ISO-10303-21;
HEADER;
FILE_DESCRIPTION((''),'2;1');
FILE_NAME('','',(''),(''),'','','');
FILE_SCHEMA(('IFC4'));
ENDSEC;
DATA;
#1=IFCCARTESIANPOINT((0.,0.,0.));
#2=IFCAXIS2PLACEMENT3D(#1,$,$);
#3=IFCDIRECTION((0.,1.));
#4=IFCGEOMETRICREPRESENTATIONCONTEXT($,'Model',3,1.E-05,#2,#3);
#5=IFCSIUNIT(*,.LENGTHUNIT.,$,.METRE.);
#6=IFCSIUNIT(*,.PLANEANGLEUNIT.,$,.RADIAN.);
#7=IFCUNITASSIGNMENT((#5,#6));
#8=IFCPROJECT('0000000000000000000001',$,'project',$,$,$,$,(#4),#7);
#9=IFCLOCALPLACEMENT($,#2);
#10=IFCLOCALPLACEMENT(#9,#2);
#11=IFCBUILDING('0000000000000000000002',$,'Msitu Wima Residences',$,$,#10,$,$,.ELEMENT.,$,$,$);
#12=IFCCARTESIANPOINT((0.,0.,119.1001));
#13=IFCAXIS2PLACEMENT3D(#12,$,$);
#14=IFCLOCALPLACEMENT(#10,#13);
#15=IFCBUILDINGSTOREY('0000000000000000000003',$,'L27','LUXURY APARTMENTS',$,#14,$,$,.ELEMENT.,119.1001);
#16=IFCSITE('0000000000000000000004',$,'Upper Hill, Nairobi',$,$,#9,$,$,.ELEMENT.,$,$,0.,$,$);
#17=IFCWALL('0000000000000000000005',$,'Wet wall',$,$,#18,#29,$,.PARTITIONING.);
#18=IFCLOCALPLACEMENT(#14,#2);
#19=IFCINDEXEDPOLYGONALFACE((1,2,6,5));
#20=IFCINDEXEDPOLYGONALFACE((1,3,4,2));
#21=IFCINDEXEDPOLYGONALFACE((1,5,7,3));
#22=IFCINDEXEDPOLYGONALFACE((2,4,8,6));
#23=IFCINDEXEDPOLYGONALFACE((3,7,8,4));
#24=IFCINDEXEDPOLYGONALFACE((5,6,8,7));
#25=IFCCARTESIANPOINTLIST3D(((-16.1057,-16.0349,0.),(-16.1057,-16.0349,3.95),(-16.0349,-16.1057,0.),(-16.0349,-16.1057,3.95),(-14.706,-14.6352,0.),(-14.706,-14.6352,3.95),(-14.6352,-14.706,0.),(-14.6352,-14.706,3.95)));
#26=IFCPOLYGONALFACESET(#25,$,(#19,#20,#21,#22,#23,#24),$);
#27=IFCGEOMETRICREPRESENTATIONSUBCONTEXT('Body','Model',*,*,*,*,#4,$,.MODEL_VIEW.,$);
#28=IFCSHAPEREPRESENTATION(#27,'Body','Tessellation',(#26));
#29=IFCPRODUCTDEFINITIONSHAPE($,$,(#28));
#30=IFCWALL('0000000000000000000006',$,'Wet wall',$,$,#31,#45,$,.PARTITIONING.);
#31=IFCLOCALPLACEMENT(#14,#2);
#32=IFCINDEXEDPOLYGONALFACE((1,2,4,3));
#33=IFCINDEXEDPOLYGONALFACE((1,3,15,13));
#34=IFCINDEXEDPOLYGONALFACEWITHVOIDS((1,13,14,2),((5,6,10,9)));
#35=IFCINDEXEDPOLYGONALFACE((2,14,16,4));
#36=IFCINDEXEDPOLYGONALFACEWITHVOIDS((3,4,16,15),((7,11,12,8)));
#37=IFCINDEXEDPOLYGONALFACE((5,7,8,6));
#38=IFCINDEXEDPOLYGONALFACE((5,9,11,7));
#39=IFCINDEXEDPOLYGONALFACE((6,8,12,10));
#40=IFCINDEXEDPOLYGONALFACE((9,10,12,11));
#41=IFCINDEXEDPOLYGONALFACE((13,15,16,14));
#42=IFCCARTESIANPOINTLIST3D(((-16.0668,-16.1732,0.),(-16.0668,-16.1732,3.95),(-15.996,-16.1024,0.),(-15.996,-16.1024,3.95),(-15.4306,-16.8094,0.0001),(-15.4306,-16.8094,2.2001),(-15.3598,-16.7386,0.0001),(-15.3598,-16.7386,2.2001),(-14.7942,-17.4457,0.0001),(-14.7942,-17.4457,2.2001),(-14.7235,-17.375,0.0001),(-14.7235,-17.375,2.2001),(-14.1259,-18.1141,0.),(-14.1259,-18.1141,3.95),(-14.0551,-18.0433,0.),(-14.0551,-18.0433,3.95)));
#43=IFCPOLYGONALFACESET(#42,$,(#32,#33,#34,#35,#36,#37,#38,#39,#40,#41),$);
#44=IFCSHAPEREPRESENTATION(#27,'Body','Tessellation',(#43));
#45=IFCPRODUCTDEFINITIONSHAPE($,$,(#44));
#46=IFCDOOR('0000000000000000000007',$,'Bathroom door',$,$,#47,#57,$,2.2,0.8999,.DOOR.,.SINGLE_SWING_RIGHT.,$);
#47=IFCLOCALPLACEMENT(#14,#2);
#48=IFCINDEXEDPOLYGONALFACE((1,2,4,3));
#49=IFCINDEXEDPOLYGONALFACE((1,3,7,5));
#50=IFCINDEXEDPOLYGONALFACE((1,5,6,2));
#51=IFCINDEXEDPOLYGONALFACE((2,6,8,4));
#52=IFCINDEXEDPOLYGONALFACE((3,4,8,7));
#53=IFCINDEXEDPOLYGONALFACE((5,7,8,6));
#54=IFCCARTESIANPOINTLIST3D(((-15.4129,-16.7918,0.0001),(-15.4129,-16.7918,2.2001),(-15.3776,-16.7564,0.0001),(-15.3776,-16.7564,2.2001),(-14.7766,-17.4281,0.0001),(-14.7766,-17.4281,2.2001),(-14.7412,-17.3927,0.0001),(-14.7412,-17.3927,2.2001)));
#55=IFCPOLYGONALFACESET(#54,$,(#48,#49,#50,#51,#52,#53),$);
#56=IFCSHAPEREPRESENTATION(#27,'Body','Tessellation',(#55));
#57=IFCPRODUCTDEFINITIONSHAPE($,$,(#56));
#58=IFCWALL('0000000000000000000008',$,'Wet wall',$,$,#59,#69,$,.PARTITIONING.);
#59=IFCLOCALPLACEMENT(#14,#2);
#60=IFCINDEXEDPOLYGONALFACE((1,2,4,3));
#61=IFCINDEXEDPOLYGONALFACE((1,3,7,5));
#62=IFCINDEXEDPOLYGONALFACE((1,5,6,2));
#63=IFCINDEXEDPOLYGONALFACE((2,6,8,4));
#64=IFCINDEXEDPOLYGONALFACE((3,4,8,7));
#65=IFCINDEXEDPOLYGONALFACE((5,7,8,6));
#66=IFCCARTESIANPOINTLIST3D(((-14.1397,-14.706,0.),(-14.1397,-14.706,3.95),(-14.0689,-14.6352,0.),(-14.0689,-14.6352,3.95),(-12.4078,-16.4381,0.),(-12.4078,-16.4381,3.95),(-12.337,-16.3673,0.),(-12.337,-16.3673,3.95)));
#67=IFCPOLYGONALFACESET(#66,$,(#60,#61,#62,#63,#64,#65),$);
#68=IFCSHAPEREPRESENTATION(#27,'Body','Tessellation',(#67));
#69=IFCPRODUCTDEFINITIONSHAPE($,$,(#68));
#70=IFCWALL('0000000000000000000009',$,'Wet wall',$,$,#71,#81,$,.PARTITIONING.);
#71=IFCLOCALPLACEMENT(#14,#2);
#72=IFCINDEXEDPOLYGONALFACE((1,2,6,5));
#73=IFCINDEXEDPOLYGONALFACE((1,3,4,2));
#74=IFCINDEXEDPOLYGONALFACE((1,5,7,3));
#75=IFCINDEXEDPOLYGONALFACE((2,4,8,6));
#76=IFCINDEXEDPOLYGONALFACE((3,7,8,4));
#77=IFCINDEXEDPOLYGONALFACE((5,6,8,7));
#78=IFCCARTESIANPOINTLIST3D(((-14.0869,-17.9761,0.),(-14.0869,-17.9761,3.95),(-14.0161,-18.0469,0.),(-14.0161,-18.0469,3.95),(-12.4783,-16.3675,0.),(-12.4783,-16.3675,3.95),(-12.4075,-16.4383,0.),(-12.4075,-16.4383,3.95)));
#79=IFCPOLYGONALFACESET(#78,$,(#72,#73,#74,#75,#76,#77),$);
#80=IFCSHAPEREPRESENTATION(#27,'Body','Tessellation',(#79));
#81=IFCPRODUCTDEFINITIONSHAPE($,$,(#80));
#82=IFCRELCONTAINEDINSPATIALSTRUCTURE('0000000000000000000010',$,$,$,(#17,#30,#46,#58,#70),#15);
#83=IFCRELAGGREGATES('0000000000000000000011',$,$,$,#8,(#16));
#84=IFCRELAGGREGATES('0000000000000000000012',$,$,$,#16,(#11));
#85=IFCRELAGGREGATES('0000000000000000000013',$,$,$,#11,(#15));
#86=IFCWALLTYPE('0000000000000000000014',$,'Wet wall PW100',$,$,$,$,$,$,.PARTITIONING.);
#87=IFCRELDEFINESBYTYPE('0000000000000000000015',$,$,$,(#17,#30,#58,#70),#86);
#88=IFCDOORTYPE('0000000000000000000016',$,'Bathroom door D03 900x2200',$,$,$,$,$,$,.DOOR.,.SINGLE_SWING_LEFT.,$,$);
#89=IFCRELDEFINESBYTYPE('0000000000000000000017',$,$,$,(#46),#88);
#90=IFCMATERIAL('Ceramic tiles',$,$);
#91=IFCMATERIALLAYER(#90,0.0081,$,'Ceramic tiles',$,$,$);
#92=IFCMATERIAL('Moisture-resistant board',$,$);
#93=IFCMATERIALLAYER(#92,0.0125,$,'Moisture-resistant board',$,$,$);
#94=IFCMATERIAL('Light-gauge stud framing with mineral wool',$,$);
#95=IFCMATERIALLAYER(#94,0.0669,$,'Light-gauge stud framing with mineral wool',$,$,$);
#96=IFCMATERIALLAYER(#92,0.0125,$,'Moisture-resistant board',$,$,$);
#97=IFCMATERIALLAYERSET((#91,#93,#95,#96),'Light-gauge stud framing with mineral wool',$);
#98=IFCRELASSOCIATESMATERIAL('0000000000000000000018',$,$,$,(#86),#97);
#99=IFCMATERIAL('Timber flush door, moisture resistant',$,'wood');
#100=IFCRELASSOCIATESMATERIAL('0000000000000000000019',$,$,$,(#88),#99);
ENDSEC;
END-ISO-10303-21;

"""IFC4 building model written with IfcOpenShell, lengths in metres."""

from ifc_helpers import new_model, si_unit, direction, frame, frame_2d, origin, place, context, subcontext, project, spatial, rectangle, extrude, material, layer, layer_set, type_object, element, fill, save


model = new_model("IFC4")

# Units and contexts
model_context = context("Model", 3, precision=1e-05, world=origin(), true_north=direction((0.0, 1.0)))
body_context = subcontext(model_context, "Body", "Model", "MODEL_VIEW")
ifc_project = project(units=[si_unit("LENGTHUNIT", "METRE"), si_unit("PLANEANGLEUNIT", "RADIAN")], contexts=[model_context])

# Site, building, storey
site_placement = place(None, origin())
site = spatial("IfcSite", under=ifc_project, at=site_placement, Name="Upper Hill, Nairobi", CompositionType="ELEMENT", RefElevation=0.0)
building_placement = place(site_placement, origin())
building = spatial("IfcBuilding", under=site, at=building_placement, Name="Msitu Wima Residences", CompositionType="ELEMENT")
storey_placement = place(building_placement, frame((0.0, 0.0, 119.1001)))
storey = spatial("IfcBuildingStorey", under=building, at=storey_placement, Name="L27", Description="LUXURY APARTMENTS", CompositionType="ELEMENT", Elevation=119.1001)

# Wall
ifc_material_1 = material(Name="Ceramic tiles")
ifc_layer_1 = layer(ifc_material_1, 0.0081, Name="Ceramic tiles")
ifc_material_2 = material(Name="Moisture-resistant board")
ifc_layer_2 = layer(ifc_material_2, 0.0125, Name="Moisture-resistant board")
ifc_material_3 = material(Name="Light-gauge stud framing with mineral wool")
ifc_layer_3 = layer(ifc_material_3, 0.0669, Name="Light-gauge stud framing with mineral wool")
ifc_layer_4 = layer(ifc_material_2, 0.0125, Name="Moisture-resistant board")
ifc_layer_set_1 = layer_set([ifc_layer_1, ifc_layer_2, ifc_layer_3, ifc_layer_4], Name="Light-gauge stud framing with mineral wool")
wall_type_1 = type_object("IfcWallType", Name="Wet wall PW100", PredefinedType="PARTITIONING", material=ifc_layer_set_1)
wall_1_placement = place(storey_placement, frame((-16.0703, -16.0703, 0.0), z_axis=(0.0, 0.0, 1.0), x_axis=(0.707107, 0.707107, 0.0)))
element("IfcWall", 1, at=wall_1_placement, inside=storey, type_object=wall_type_1, Name="Wet wall", PredefinedType="PARTITIONING", context=body_context, shape_type="SweptSolid", body=[
    extrude(rectangle(XDim=1.9795, YDim=0.1001, at=frame_2d((0.9897, 0.0))), origin(), (0.0, 0.0, 1.0), 3.95),
])

# Wall, opening, door
wall_2_placement = place(storey_placement, frame((-16.0315, -16.1377, 0.0), z_axis=(0.0, 0.0, 1.0), x_axis=(0.707107, -0.707107, 0.0)))
wall_2 = element("IfcWall", 2, at=wall_2_placement, inside=storey, type_object=wall_type_1, Name="Wet wall", PredefinedType="PARTITIONING", context=body_context, shape_type="SweptSolid", body=[
    extrude(rectangle(XDim=2.7449, YDim=0.1001, at=frame_2d((1.3726, 0.0))), origin(), (0.0, 0.0, 1.0), 3.95),
])
opening_1_placement = place(wall_2_placement, frame((0.8999, 0.0, 0.0)))
opening_1 = element("IfcOpeningElement", 3, at=opening_1_placement, cuts=wall_2, PredefinedType="OPENING", context=body_context, shape_type="SweptSolid", body=[
    extrude(rectangle(XDim=0.8999, YDim=2.2, at=frame_2d((0.45, 1.1001))), frame((0.0, 0.0601, 0.0), z_axis=(0.0, -1.0, 0.0), x_axis=(1.0, 0.0, 0.0)), (0.0, 0.0, 1.0), 0.1201),
])
ifc_material_4 = material(Name="Timber flush door, moisture resistant", Category="wood")
door_type_1 = type_object("IfcDoorType", Name="Bathroom door D03 900x2200", OperationType="SINGLE_SWING_LEFT", PredefinedType="DOOR", material=ifc_material_4)
door_1_placement = place(opening_1_placement, origin())
door_1 = element("IfcDoor", 4, at=door_1_placement, inside=storey, type_object=door_type_1, Name="Bathroom door", OperationType="SINGLE_SWING_RIGHT", OverallHeight=2.2, OverallWidth=0.8999, PredefinedType="DOOR", context=body_context, shape_type="SweptSolid", body=[
    extrude(rectangle(XDim=0.8999, YDim=2.2, at=frame_2d((0.45, 1.1001))), frame((0.0, 0.0249, 0.0), z_axis=(0.0, -1.0, 0.0), x_axis=(1.0, 0.0, 0.0)), (0.0, 0.0, 1.0), 0.05),
])
fill(opening_1, door_1)

# Walls
wall_3_placement = place(storey_placement, frame((-14.1042, -14.6707, 0.0), z_axis=(0.0, 0.0, 1.0), x_axis=(0.707057, -0.707157, 0.0)))
element("IfcWall", 5, at=wall_3_placement, inside=storey, type_object=wall_type_1, Name="Wet wall", PredefinedType="PARTITIONING", context=body_context, shape_type="SweptSolid", body=[
    extrude(rectangle(XDim=2.4495, YDim=0.1001, at=frame_2d((1.2246, 0.0))), origin(), (0.0, 0.0, 1.0), 3.95),
])
wall_4_placement = place(storey_placement, frame((-14.0515, -18.0115, 0.0), z_axis=(0.0, 0.0, 1.0), x_axis=(0.707107, 0.707107, 0.0)))
element("IfcWall", 6, at=wall_4_placement, inside=storey, type_object=wall_type_1, Name="Wet wall", PredefinedType="PARTITIONING", context=body_context, shape_type="SweptSolid", body=[
    extrude(rectangle(XDim=2.2749, YDim=0.1001, at=frame_2d((1.1375, 0.0))), origin(), (0.0, 0.0, 1.0), 3.95),
])

save(model, "model.ifc")
